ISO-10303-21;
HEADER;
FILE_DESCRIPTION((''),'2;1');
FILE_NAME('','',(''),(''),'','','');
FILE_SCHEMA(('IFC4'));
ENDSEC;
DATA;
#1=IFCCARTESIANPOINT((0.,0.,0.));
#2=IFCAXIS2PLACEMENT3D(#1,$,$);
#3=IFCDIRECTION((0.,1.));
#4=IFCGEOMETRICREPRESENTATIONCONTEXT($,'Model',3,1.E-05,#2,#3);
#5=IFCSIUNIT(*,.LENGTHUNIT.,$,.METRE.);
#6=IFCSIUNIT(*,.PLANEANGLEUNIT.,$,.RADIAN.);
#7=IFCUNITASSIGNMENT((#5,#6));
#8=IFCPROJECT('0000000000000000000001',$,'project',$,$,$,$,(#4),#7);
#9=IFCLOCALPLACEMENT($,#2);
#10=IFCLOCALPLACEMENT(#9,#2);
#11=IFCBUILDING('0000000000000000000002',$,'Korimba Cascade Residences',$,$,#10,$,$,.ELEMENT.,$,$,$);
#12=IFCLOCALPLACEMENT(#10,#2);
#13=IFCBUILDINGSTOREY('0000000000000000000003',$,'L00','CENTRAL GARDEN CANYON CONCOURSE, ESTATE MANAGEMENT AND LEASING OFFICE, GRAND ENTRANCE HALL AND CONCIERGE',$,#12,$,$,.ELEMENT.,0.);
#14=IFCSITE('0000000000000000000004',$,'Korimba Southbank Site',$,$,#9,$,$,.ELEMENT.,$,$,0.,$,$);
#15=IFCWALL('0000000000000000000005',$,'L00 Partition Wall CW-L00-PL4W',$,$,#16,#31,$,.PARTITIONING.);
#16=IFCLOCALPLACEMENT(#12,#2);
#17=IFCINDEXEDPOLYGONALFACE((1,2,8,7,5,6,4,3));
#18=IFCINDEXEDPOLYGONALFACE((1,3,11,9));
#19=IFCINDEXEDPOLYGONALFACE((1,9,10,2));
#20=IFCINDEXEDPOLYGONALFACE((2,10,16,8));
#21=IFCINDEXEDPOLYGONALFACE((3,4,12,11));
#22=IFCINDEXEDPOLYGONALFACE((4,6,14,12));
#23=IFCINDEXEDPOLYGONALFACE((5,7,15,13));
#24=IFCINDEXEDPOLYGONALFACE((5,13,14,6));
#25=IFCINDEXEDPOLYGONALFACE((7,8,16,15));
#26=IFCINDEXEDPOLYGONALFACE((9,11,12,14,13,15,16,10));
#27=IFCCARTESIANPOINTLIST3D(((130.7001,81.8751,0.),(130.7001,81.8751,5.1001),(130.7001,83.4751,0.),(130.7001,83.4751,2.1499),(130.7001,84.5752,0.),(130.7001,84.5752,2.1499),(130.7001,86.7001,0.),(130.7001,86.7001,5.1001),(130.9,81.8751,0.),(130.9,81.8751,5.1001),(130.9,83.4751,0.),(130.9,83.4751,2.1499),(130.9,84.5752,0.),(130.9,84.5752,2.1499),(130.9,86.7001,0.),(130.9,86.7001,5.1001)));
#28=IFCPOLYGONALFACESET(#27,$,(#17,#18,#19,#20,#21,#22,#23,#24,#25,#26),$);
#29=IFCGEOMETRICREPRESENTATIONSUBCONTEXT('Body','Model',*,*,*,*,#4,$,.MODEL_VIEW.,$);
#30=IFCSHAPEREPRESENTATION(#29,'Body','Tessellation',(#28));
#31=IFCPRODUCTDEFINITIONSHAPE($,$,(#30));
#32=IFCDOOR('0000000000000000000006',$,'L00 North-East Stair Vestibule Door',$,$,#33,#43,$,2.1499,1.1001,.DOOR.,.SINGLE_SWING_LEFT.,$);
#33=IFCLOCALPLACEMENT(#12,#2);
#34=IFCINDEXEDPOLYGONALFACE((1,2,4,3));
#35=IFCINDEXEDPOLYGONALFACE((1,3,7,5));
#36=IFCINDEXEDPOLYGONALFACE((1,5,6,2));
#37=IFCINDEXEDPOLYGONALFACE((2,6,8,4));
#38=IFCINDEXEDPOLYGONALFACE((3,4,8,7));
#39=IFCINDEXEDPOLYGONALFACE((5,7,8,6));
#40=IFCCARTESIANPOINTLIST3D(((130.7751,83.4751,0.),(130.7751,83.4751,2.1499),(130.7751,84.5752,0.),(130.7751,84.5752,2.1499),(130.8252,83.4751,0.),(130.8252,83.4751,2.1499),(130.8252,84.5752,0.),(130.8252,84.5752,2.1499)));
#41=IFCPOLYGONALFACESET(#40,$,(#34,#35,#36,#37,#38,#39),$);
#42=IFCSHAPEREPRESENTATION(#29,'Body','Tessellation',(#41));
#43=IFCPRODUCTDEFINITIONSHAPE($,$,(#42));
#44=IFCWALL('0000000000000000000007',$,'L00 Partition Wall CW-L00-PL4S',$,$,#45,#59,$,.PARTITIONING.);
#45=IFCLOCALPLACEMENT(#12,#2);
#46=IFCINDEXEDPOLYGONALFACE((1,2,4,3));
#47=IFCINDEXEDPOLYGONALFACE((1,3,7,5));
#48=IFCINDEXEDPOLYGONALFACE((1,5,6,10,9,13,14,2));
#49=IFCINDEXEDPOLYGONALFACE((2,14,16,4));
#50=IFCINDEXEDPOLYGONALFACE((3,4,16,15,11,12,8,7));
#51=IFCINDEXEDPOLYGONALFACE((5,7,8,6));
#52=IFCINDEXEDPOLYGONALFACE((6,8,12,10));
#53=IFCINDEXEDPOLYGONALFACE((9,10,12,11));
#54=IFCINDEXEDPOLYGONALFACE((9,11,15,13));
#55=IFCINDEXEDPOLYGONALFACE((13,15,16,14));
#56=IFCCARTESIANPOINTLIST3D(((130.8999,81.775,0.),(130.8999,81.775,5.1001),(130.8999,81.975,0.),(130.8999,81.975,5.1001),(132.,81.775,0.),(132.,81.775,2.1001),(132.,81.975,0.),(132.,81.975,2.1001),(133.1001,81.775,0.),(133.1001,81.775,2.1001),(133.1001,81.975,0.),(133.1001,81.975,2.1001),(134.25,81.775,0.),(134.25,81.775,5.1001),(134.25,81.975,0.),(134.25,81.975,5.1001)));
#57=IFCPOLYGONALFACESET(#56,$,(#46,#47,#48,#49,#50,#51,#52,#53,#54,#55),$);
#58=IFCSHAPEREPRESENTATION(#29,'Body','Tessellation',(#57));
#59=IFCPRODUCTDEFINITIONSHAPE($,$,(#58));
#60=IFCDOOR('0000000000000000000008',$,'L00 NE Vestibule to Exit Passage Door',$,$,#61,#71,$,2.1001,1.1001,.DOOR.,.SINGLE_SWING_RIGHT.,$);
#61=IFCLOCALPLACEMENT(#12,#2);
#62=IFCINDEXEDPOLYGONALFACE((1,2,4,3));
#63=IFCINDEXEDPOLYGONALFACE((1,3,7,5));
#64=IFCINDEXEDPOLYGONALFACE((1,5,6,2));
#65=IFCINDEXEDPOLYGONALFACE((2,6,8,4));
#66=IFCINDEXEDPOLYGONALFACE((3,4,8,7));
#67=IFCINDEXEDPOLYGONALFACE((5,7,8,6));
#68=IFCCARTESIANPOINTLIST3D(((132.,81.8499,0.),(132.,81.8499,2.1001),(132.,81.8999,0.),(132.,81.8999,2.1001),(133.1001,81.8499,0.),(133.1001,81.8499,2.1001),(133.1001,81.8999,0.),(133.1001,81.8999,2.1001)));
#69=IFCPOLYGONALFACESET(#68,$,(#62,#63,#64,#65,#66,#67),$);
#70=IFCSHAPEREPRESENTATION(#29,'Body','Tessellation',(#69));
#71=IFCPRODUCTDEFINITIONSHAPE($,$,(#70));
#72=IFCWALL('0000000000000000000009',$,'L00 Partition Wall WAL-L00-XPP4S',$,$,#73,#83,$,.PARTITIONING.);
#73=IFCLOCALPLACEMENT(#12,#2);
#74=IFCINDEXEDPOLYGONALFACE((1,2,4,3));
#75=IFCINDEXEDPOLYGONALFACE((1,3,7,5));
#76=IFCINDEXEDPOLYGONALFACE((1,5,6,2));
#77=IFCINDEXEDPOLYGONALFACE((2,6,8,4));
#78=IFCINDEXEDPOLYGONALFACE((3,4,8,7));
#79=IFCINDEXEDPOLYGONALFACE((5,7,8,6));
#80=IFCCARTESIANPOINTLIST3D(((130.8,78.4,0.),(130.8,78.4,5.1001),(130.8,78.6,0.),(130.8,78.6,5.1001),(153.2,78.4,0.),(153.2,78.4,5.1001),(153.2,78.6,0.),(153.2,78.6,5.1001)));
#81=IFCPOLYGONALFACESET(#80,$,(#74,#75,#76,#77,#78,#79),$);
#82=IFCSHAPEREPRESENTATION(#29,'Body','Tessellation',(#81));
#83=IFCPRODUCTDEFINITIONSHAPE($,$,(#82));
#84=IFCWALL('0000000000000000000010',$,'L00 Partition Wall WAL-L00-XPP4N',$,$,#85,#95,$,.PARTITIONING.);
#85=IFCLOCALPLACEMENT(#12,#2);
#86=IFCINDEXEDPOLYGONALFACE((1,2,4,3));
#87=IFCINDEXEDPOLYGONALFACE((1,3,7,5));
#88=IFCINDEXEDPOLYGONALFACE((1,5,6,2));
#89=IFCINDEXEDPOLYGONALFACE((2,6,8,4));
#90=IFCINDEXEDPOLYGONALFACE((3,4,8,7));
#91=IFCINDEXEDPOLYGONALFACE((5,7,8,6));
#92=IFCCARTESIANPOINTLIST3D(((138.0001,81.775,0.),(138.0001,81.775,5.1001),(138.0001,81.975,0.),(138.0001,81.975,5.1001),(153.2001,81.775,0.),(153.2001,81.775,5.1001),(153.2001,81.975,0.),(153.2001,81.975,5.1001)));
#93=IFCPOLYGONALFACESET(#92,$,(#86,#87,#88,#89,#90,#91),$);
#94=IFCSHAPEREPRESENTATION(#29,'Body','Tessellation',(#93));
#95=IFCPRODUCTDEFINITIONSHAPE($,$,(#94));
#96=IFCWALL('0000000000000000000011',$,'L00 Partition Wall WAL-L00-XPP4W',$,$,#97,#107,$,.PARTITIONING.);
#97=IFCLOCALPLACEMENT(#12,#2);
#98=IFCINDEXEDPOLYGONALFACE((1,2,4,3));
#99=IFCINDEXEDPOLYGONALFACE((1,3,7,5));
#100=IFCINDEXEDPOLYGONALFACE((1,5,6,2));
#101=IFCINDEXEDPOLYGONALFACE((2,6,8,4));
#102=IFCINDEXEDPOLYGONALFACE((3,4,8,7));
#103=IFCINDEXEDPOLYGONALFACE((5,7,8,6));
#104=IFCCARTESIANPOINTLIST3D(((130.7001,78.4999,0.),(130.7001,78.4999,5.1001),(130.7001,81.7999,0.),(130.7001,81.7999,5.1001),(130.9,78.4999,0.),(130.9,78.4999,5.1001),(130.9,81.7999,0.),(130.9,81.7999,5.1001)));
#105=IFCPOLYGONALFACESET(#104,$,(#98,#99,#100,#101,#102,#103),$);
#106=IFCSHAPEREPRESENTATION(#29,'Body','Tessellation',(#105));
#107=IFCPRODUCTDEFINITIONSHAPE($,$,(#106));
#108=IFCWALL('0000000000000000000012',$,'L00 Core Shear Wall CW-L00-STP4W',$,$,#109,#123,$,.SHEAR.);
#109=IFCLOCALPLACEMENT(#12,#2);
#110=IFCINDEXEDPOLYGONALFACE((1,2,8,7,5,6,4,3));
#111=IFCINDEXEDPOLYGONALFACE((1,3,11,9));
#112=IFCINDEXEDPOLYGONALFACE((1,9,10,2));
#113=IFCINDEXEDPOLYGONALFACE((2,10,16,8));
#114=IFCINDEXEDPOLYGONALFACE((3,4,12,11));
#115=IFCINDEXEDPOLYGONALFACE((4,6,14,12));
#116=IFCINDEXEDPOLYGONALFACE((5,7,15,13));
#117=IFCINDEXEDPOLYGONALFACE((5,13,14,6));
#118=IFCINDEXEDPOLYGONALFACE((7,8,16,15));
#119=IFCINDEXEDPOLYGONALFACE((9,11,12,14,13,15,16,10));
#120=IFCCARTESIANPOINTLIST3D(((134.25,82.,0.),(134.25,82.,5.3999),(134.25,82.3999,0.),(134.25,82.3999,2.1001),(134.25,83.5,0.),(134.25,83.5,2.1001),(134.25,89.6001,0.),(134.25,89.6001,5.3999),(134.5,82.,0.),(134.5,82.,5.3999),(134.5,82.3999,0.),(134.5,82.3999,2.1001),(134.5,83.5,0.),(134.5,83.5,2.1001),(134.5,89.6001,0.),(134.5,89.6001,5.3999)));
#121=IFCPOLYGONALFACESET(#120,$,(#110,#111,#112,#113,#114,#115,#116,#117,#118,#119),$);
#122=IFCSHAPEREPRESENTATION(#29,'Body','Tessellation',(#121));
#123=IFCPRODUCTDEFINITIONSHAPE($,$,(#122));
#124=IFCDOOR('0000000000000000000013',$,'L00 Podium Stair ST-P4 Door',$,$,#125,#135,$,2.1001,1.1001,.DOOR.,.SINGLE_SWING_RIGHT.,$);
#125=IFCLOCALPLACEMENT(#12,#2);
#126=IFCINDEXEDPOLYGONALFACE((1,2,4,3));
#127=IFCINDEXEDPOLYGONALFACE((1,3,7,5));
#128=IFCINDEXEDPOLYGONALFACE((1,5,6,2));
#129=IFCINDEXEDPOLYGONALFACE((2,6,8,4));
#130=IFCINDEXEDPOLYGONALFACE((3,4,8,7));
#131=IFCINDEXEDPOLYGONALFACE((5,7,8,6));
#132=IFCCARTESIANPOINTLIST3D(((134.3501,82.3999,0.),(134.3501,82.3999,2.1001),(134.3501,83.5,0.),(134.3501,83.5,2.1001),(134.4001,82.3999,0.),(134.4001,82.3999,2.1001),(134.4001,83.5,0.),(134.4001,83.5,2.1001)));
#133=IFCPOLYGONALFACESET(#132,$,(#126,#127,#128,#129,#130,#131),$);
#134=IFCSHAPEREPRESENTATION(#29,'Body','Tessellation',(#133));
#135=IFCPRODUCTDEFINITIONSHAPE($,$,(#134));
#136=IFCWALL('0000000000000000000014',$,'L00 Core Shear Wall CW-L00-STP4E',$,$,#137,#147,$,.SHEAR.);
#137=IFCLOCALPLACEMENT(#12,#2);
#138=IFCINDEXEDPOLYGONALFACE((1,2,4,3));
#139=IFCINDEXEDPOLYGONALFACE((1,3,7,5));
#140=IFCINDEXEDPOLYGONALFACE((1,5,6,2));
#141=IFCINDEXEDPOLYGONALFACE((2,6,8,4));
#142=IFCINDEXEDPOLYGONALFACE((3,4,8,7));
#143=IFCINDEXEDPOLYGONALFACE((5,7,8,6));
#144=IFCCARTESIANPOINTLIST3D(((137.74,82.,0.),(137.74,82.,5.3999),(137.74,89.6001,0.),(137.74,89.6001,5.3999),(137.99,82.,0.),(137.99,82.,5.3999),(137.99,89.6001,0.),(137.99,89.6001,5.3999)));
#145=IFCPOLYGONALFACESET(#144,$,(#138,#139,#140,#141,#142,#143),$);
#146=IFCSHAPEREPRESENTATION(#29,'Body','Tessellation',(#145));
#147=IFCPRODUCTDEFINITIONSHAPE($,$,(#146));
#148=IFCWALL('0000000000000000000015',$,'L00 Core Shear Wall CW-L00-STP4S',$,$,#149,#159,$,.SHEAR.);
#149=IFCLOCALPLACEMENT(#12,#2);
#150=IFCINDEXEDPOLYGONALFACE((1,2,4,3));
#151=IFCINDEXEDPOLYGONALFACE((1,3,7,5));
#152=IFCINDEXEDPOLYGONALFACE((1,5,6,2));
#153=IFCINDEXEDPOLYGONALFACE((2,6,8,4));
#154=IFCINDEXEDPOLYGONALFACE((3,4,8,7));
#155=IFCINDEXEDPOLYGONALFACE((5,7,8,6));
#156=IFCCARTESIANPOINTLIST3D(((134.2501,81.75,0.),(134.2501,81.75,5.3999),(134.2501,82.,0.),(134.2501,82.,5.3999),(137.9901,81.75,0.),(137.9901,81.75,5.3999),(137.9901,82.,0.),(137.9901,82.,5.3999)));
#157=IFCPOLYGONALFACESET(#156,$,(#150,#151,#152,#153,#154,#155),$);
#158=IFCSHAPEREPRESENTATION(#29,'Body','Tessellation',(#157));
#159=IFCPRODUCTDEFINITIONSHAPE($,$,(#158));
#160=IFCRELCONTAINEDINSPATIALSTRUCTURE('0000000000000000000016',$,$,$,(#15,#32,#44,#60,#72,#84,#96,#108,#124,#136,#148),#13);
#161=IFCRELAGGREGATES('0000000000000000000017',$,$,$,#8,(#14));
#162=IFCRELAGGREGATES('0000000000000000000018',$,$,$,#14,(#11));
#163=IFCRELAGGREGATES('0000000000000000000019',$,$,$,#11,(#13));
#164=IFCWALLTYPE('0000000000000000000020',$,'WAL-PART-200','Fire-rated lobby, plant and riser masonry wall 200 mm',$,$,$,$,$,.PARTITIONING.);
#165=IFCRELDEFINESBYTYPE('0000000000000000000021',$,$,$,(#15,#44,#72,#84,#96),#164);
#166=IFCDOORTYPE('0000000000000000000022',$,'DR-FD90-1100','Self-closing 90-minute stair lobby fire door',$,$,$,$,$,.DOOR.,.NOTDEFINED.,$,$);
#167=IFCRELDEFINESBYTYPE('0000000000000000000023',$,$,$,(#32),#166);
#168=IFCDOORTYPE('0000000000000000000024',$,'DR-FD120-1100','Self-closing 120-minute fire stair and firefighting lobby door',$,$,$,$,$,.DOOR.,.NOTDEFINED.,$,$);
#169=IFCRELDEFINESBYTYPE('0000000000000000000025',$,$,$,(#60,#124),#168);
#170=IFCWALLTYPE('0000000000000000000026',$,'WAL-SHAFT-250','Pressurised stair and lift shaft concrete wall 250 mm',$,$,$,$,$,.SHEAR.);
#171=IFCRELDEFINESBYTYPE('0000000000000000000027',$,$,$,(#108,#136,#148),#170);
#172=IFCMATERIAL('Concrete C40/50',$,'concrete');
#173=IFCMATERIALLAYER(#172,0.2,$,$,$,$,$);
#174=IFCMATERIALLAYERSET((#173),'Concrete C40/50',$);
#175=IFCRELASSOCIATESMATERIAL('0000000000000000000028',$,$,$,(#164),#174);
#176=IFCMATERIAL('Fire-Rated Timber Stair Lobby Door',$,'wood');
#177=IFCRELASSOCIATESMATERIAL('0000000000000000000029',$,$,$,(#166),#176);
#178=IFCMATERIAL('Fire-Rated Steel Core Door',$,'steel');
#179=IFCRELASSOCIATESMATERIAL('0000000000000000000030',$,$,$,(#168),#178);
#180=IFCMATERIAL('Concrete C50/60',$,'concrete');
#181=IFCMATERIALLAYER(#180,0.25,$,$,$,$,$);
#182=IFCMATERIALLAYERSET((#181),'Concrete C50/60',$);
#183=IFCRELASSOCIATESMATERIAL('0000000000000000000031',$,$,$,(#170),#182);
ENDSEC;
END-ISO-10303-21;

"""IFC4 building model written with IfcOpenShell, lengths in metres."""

from ifc_helpers import new_model, si_unit, direction, frame, frame_2d, origin, place, context, subcontext, project, spatial, rectangle, extrude, material, layer, layer_set, type_object, element, fill, save


model = new_model("IFC4")

# Units and contexts
model_context = context("Model", 3, precision=1e-05, world=origin(), true_north=direction((0.0, 1.0)))
body_context = subcontext(model_context, "Body", "Model", "MODEL_VIEW")
ifc_project = project(units=[si_unit("LENGTHUNIT", "METRE"), si_unit("PLANEANGLEUNIT", "RADIAN")], contexts=[model_context])

# Site, building, storey
site_placement = place(None, origin())
site = spatial("IfcSite", under=ifc_project, at=site_placement, Name="Korimba Southbank Site", CompositionType="ELEMENT", RefElevation=0.0)
building_placement = place(site_placement, origin())
building = spatial("IfcBuilding", under=site, at=building_placement, Name="Korimba Cascade Residences", CompositionType="ELEMENT")
storey_placement = place(building_placement, origin())
storey = spatial("IfcBuildingStorey", under=building, at=storey_placement, Name="L00", Description="CENTRAL GARDEN CANYON CONCOURSE, ESTATE MANAGEMENT AND LEASING OFFICE, GRAND ENTRANCE HALL AND CONCIERGE", CompositionType="ELEMENT", Elevation=0.0)

# Shared definitions
ifc_material_1 = material(Name="Concrete C50/60", Category="concrete")

# Walls, openings, doors
ifc_material_2 = material(Name="Concrete C40/50", Category="concrete")
ifc_layer_1 = layer(ifc_material_2, 0.2)
ifc_layer_set_1 = layer_set([ifc_layer_1], Name="Concrete C40/50")
wall_type_1 = type_object("IfcWallType", Name="WAL-PART-200", Description="Fire-rated lobby, plant and riser masonry wall 200 mm", PredefinedType="PARTITIONING", material=ifc_layer_set_1)
wall_1_placement = place(storey_placement, frame((130.8, 81.875, 0.0), z_axis=(0.0, 0.0, 1.0), x_axis=(0.0, 1.0, 0.0)))
wall_1 = element("IfcWall", 1, at=wall_1_placement, inside=storey, type_object=wall_type_1, Name="L00 Partition Wall CW-L00-PL4W", PredefinedType="PARTITIONING", context=body_context, shape_type="SweptSolid", body=[
    extrude(rectangle(XDim=4.825, YDim=0.2, at=frame_2d((2.4126, 0.0))), origin(), (0.0, 0.0, 1.0), 5.1001),
])
opening_1_placement = place(wall_1_placement, frame((1.6001, 0.0, 0.0)))
opening_1 = element("IfcOpeningElement", 2, at=opening_1_placement, cuts=wall_1, PredefinedType="OPENING", context=body_context, shape_type="SweptSolid", body=[
    extrude(rectangle(XDim=1.1001, YDim=2.1499, at=frame_2d((0.55, 1.075))), frame((0.0, 0.1099, 0.0), z_axis=(0.0, -1.0, 0.0), x_axis=(1.0, 0.0, 0.0)), (0.0, 0.0, 1.0), 0.22),
])
ifc_material_3 = material(Name="Fire-Rated Timber Stair Lobby Door", Category="wood")
door_type_1 = type_object("IfcDoorType", Name="DR-FD90-1100", Description="Self-closing 90-minute stair lobby fire door", OperationType="NOTDEFINED", PredefinedType="DOOR", material=ifc_material_3)
door_1_placement = place(opening_1_placement, origin())
door_1 = element("IfcDoor", 3, at=door_1_placement, inside=storey, type_object=door_type_1, Name="L00 North-East Stair Vestibule Door", OperationType="SINGLE_SWING_LEFT", OverallHeight=2.1499, OverallWidth=1.1001, PredefinedType="DOOR", context=body_context, shape_type="SweptSolid", body=[
    extrude(rectangle(XDim=1.1001, YDim=2.1499, at=frame_2d((0.55, 1.075))), frame((0.0, 0.0249, 0.0), z_axis=(0.0, -1.0, 0.0), x_axis=(1.0, 0.0, 0.0)), (0.0, 0.0, 1.0), 0.05),
])
fill(opening_1, door_1)
wall_2_placement = place(storey_placement, frame((130.8999, 81.875, 0.0), z_axis=(0.0, 0.0, 1.0), x_axis=(1.0, 0.0, 0.0)))
wall_2 = element("IfcWall", 4, at=wall_2_placement, inside=storey, type_object=wall_type_1, Name="L00 Partition Wall CW-L00-PL4S", PredefinedType="PARTITIONING", context=body_context, shape_type="SweptSolid", body=[
    extrude(rectangle(XDim=3.3501, YDim=0.2, at=frame_2d((1.675, 0.0))), origin(), (0.0, 0.0, 1.0), 5.1001),
])
opening_2_placement = place(wall_2_placement, frame((1.1001, 0.0, 0.0)))
opening_2 = element("IfcOpeningElement", 5, at=opening_2_placement, cuts=wall_2, PredefinedType="OPENING", context=body_context, shape_type="SweptSolid", body=[
    extrude(rectangle(XDim=1.1001, YDim=2.1001, at=frame_2d((0.55, 1.05))), frame((0.0, 0.1099, 0.0), z_axis=(0.0, -1.0, 0.0), x_axis=(1.0, 0.0, 0.0)), (0.0, 0.0, 1.0), 0.22),
])
ifc_material_4 = material(Name="Fire-Rated Steel Core Door", Category="steel")
door_type_2 = type_object("IfcDoorType", Name="DR-FD120-1100", Description="Self-closing 120-minute fire stair and firefighting lobby door", OperationType="NOTDEFINED", PredefinedType="DOOR", material=ifc_material_4)
door_2_placement = place(opening_2_placement, origin())
door_2 = element("IfcDoor", 6, at=door_2_placement, inside=storey, type_object=door_type_2, Name="L00 NE Vestibule to Exit Passage Door", OperationType="SINGLE_SWING_RIGHT", OverallHeight=2.1001, OverallWidth=1.1001, PredefinedType="DOOR", context=body_context, shape_type="SweptSolid", body=[
    extrude(rectangle(XDim=1.1001, YDim=2.1001, at=frame_2d((0.55, 1.05))), frame((0.0, 0.0249, 0.0), z_axis=(0.0, -1.0, 0.0), x_axis=(1.0, 0.0, 0.0)), (0.0, 0.0, 1.0), 0.05),
])
fill(opening_2, door_2)

# Walls
wall_3_placement = place(storey_placement, frame((130.8, 78.5, 0.0), z_axis=(0.0, 0.0, 1.0), x_axis=(1.0, 0.0, 0.0)))
element("IfcWall", 7, at=wall_3_placement, inside=storey, type_object=wall_type_1, Name="L00 Partition Wall WAL-L00-XPP4S", PredefinedType="PARTITIONING", context=body_context, shape_type="SweptSolid", body=[
    extrude(rectangle(XDim=22.3999, YDim=0.2, at=frame_2d((11.2, 0.0))), origin(), (0.0, 0.0, 1.0), 5.1001),
])
wall_4_placement = place(storey_placement, frame((138.0, 81.875, 0.0), z_axis=(0.0, 0.0, 1.0), x_axis=(1.0, 0.0, 0.0)))
element("IfcWall", 8, at=wall_4_placement, inside=storey, type_object=wall_type_1, Name="L00 Partition Wall WAL-L00-XPP4N", PredefinedType="PARTITIONING", context=body_context, shape_type="SweptSolid", body=[
    extrude(rectangle(XDim=15.2, YDim=0.2, at=frame_2d((7.6001, 0.0))), origin(), (0.0, 0.0, 1.0), 5.1001),
])
wall_5_placement = place(storey_placement, frame((130.8, 78.5, 0.0), z_axis=(0.0, 0.0, 1.0), x_axis=(0.0, 1.0, 0.0)))
element("IfcWall", 9, at=wall_5_placement, inside=storey, type_object=wall_type_1, Name="L00 Partition Wall WAL-L00-XPP4W", PredefinedType="PARTITIONING", context=body_context, shape_type="SweptSolid", body=[
    extrude(rectangle(XDim=3.3, YDim=0.2, at=frame_2d((1.6499, 0.0))), origin(), (0.0, 0.0, 1.0), 5.1001),
])

# Wall, opening, door
ifc_layer_2 = layer(ifc_material_1, 0.25)
ifc_layer_set_2 = layer_set([ifc_layer_2], Name="Concrete C50/60")
wall_type_2 = type_object("IfcWallType", Name="WAL-SHAFT-250", Description="Pressurised stair and lift shaft concrete wall 250 mm", PredefinedType="SHEAR", material=ifc_layer_set_2)
wall_6_placement = place(storey_placement, frame((134.375, 82.0, 0.0), z_axis=(0.0, 0.0, 1.0), x_axis=(0.0, 1.0, 0.0)))
wall_6 = element("IfcWall", 10, at=wall_6_placement, inside=storey, type_object=wall_type_2, Name="L00 Core Shear Wall CW-L00-STP4W", PredefinedType="SHEAR", context=body_context, shape_type="SweptSolid", body=[
    extrude(rectangle(XDim=7.6001, YDim=0.25, at=frame_2d((3.8, 0.0))), origin(), (0.0, 0.0, 1.0), 5.3999),
])
opening_3_placement = place(wall_6_placement, frame((0.3999, 0.0, 0.0)))
opening_3 = element("IfcOpeningElement", 11, at=opening_3_placement, cuts=wall_6, PredefinedType="OPENING", context=body_context, shape_type="SweptSolid", body=[
    extrude(rectangle(XDim=1.1001, YDim=2.1001, at=frame_2d((0.55, 1.05))), frame((0.0, 0.135, 0.0), z_axis=(0.0, -1.0, 0.0), x_axis=(1.0, 0.0, 0.0)), (0.0, 0.0, 1.0), 0.27),
])
door_3_placement = place(opening_3_placement, origin())
door_3 = element("IfcDoor", 12, at=door_3_placement, inside=storey, type_object=door_type_2, Name="L00 Podium Stair ST-P4 Door", OperationType="SINGLE_SWING_RIGHT", OverallHeight=2.1001, OverallWidth=1.1001, PredefinedType="DOOR", context=body_context, shape_type="SweptSolid", body=[
    extrude(rectangle(XDim=1.1001, YDim=2.1001, at=frame_2d((0.55, 1.05))), frame((0.0, 0.0249, 0.0), z_axis=(0.0, -1.0, 0.0), x_axis=(1.0, 0.0, 0.0)), (0.0, 0.0, 1.0), 0.05),
])
fill(opening_3, door_3)

# Walls
wall_7_placement = place(storey_placement, frame((137.865, 82.0, 0.0), z_axis=(0.0, 0.0, 1.0), x_axis=(0.0, 1.0, 0.0)))
element("IfcWall", 13, at=wall_7_placement, inside=storey, type_object=wall_type_2, Name="L00 Core Shear Wall CW-L00-STP4E", PredefinedType="SHEAR", context=body_context, shape_type="SweptSolid", body=[
    extrude(rectangle(XDim=7.6001, YDim=0.25, at=frame_2d((3.8, 0.0))), origin(), (0.0, 0.0, 1.0), 5.3999),
])
wall_8_placement = place(storey_placement, frame((134.25, 81.875, 0.0), z_axis=(0.0, 0.0, 1.0), x_axis=(1.0, 0.0, 0.0)))
element("IfcWall", 14, at=wall_8_placement, inside=storey, type_object=wall_type_2, Name="L00 Core Shear Wall CW-L00-STP4S", PredefinedType="SHEAR", context=body_context, shape_type="SweptSolid", body=[
    extrude(rectangle(XDim=3.74, YDim=0.25, at=frame_2d((1.8701, 0.0))), origin(), (0.0, 0.0, 1.0), 5.3999),
])

save(model, "model.ifc")
